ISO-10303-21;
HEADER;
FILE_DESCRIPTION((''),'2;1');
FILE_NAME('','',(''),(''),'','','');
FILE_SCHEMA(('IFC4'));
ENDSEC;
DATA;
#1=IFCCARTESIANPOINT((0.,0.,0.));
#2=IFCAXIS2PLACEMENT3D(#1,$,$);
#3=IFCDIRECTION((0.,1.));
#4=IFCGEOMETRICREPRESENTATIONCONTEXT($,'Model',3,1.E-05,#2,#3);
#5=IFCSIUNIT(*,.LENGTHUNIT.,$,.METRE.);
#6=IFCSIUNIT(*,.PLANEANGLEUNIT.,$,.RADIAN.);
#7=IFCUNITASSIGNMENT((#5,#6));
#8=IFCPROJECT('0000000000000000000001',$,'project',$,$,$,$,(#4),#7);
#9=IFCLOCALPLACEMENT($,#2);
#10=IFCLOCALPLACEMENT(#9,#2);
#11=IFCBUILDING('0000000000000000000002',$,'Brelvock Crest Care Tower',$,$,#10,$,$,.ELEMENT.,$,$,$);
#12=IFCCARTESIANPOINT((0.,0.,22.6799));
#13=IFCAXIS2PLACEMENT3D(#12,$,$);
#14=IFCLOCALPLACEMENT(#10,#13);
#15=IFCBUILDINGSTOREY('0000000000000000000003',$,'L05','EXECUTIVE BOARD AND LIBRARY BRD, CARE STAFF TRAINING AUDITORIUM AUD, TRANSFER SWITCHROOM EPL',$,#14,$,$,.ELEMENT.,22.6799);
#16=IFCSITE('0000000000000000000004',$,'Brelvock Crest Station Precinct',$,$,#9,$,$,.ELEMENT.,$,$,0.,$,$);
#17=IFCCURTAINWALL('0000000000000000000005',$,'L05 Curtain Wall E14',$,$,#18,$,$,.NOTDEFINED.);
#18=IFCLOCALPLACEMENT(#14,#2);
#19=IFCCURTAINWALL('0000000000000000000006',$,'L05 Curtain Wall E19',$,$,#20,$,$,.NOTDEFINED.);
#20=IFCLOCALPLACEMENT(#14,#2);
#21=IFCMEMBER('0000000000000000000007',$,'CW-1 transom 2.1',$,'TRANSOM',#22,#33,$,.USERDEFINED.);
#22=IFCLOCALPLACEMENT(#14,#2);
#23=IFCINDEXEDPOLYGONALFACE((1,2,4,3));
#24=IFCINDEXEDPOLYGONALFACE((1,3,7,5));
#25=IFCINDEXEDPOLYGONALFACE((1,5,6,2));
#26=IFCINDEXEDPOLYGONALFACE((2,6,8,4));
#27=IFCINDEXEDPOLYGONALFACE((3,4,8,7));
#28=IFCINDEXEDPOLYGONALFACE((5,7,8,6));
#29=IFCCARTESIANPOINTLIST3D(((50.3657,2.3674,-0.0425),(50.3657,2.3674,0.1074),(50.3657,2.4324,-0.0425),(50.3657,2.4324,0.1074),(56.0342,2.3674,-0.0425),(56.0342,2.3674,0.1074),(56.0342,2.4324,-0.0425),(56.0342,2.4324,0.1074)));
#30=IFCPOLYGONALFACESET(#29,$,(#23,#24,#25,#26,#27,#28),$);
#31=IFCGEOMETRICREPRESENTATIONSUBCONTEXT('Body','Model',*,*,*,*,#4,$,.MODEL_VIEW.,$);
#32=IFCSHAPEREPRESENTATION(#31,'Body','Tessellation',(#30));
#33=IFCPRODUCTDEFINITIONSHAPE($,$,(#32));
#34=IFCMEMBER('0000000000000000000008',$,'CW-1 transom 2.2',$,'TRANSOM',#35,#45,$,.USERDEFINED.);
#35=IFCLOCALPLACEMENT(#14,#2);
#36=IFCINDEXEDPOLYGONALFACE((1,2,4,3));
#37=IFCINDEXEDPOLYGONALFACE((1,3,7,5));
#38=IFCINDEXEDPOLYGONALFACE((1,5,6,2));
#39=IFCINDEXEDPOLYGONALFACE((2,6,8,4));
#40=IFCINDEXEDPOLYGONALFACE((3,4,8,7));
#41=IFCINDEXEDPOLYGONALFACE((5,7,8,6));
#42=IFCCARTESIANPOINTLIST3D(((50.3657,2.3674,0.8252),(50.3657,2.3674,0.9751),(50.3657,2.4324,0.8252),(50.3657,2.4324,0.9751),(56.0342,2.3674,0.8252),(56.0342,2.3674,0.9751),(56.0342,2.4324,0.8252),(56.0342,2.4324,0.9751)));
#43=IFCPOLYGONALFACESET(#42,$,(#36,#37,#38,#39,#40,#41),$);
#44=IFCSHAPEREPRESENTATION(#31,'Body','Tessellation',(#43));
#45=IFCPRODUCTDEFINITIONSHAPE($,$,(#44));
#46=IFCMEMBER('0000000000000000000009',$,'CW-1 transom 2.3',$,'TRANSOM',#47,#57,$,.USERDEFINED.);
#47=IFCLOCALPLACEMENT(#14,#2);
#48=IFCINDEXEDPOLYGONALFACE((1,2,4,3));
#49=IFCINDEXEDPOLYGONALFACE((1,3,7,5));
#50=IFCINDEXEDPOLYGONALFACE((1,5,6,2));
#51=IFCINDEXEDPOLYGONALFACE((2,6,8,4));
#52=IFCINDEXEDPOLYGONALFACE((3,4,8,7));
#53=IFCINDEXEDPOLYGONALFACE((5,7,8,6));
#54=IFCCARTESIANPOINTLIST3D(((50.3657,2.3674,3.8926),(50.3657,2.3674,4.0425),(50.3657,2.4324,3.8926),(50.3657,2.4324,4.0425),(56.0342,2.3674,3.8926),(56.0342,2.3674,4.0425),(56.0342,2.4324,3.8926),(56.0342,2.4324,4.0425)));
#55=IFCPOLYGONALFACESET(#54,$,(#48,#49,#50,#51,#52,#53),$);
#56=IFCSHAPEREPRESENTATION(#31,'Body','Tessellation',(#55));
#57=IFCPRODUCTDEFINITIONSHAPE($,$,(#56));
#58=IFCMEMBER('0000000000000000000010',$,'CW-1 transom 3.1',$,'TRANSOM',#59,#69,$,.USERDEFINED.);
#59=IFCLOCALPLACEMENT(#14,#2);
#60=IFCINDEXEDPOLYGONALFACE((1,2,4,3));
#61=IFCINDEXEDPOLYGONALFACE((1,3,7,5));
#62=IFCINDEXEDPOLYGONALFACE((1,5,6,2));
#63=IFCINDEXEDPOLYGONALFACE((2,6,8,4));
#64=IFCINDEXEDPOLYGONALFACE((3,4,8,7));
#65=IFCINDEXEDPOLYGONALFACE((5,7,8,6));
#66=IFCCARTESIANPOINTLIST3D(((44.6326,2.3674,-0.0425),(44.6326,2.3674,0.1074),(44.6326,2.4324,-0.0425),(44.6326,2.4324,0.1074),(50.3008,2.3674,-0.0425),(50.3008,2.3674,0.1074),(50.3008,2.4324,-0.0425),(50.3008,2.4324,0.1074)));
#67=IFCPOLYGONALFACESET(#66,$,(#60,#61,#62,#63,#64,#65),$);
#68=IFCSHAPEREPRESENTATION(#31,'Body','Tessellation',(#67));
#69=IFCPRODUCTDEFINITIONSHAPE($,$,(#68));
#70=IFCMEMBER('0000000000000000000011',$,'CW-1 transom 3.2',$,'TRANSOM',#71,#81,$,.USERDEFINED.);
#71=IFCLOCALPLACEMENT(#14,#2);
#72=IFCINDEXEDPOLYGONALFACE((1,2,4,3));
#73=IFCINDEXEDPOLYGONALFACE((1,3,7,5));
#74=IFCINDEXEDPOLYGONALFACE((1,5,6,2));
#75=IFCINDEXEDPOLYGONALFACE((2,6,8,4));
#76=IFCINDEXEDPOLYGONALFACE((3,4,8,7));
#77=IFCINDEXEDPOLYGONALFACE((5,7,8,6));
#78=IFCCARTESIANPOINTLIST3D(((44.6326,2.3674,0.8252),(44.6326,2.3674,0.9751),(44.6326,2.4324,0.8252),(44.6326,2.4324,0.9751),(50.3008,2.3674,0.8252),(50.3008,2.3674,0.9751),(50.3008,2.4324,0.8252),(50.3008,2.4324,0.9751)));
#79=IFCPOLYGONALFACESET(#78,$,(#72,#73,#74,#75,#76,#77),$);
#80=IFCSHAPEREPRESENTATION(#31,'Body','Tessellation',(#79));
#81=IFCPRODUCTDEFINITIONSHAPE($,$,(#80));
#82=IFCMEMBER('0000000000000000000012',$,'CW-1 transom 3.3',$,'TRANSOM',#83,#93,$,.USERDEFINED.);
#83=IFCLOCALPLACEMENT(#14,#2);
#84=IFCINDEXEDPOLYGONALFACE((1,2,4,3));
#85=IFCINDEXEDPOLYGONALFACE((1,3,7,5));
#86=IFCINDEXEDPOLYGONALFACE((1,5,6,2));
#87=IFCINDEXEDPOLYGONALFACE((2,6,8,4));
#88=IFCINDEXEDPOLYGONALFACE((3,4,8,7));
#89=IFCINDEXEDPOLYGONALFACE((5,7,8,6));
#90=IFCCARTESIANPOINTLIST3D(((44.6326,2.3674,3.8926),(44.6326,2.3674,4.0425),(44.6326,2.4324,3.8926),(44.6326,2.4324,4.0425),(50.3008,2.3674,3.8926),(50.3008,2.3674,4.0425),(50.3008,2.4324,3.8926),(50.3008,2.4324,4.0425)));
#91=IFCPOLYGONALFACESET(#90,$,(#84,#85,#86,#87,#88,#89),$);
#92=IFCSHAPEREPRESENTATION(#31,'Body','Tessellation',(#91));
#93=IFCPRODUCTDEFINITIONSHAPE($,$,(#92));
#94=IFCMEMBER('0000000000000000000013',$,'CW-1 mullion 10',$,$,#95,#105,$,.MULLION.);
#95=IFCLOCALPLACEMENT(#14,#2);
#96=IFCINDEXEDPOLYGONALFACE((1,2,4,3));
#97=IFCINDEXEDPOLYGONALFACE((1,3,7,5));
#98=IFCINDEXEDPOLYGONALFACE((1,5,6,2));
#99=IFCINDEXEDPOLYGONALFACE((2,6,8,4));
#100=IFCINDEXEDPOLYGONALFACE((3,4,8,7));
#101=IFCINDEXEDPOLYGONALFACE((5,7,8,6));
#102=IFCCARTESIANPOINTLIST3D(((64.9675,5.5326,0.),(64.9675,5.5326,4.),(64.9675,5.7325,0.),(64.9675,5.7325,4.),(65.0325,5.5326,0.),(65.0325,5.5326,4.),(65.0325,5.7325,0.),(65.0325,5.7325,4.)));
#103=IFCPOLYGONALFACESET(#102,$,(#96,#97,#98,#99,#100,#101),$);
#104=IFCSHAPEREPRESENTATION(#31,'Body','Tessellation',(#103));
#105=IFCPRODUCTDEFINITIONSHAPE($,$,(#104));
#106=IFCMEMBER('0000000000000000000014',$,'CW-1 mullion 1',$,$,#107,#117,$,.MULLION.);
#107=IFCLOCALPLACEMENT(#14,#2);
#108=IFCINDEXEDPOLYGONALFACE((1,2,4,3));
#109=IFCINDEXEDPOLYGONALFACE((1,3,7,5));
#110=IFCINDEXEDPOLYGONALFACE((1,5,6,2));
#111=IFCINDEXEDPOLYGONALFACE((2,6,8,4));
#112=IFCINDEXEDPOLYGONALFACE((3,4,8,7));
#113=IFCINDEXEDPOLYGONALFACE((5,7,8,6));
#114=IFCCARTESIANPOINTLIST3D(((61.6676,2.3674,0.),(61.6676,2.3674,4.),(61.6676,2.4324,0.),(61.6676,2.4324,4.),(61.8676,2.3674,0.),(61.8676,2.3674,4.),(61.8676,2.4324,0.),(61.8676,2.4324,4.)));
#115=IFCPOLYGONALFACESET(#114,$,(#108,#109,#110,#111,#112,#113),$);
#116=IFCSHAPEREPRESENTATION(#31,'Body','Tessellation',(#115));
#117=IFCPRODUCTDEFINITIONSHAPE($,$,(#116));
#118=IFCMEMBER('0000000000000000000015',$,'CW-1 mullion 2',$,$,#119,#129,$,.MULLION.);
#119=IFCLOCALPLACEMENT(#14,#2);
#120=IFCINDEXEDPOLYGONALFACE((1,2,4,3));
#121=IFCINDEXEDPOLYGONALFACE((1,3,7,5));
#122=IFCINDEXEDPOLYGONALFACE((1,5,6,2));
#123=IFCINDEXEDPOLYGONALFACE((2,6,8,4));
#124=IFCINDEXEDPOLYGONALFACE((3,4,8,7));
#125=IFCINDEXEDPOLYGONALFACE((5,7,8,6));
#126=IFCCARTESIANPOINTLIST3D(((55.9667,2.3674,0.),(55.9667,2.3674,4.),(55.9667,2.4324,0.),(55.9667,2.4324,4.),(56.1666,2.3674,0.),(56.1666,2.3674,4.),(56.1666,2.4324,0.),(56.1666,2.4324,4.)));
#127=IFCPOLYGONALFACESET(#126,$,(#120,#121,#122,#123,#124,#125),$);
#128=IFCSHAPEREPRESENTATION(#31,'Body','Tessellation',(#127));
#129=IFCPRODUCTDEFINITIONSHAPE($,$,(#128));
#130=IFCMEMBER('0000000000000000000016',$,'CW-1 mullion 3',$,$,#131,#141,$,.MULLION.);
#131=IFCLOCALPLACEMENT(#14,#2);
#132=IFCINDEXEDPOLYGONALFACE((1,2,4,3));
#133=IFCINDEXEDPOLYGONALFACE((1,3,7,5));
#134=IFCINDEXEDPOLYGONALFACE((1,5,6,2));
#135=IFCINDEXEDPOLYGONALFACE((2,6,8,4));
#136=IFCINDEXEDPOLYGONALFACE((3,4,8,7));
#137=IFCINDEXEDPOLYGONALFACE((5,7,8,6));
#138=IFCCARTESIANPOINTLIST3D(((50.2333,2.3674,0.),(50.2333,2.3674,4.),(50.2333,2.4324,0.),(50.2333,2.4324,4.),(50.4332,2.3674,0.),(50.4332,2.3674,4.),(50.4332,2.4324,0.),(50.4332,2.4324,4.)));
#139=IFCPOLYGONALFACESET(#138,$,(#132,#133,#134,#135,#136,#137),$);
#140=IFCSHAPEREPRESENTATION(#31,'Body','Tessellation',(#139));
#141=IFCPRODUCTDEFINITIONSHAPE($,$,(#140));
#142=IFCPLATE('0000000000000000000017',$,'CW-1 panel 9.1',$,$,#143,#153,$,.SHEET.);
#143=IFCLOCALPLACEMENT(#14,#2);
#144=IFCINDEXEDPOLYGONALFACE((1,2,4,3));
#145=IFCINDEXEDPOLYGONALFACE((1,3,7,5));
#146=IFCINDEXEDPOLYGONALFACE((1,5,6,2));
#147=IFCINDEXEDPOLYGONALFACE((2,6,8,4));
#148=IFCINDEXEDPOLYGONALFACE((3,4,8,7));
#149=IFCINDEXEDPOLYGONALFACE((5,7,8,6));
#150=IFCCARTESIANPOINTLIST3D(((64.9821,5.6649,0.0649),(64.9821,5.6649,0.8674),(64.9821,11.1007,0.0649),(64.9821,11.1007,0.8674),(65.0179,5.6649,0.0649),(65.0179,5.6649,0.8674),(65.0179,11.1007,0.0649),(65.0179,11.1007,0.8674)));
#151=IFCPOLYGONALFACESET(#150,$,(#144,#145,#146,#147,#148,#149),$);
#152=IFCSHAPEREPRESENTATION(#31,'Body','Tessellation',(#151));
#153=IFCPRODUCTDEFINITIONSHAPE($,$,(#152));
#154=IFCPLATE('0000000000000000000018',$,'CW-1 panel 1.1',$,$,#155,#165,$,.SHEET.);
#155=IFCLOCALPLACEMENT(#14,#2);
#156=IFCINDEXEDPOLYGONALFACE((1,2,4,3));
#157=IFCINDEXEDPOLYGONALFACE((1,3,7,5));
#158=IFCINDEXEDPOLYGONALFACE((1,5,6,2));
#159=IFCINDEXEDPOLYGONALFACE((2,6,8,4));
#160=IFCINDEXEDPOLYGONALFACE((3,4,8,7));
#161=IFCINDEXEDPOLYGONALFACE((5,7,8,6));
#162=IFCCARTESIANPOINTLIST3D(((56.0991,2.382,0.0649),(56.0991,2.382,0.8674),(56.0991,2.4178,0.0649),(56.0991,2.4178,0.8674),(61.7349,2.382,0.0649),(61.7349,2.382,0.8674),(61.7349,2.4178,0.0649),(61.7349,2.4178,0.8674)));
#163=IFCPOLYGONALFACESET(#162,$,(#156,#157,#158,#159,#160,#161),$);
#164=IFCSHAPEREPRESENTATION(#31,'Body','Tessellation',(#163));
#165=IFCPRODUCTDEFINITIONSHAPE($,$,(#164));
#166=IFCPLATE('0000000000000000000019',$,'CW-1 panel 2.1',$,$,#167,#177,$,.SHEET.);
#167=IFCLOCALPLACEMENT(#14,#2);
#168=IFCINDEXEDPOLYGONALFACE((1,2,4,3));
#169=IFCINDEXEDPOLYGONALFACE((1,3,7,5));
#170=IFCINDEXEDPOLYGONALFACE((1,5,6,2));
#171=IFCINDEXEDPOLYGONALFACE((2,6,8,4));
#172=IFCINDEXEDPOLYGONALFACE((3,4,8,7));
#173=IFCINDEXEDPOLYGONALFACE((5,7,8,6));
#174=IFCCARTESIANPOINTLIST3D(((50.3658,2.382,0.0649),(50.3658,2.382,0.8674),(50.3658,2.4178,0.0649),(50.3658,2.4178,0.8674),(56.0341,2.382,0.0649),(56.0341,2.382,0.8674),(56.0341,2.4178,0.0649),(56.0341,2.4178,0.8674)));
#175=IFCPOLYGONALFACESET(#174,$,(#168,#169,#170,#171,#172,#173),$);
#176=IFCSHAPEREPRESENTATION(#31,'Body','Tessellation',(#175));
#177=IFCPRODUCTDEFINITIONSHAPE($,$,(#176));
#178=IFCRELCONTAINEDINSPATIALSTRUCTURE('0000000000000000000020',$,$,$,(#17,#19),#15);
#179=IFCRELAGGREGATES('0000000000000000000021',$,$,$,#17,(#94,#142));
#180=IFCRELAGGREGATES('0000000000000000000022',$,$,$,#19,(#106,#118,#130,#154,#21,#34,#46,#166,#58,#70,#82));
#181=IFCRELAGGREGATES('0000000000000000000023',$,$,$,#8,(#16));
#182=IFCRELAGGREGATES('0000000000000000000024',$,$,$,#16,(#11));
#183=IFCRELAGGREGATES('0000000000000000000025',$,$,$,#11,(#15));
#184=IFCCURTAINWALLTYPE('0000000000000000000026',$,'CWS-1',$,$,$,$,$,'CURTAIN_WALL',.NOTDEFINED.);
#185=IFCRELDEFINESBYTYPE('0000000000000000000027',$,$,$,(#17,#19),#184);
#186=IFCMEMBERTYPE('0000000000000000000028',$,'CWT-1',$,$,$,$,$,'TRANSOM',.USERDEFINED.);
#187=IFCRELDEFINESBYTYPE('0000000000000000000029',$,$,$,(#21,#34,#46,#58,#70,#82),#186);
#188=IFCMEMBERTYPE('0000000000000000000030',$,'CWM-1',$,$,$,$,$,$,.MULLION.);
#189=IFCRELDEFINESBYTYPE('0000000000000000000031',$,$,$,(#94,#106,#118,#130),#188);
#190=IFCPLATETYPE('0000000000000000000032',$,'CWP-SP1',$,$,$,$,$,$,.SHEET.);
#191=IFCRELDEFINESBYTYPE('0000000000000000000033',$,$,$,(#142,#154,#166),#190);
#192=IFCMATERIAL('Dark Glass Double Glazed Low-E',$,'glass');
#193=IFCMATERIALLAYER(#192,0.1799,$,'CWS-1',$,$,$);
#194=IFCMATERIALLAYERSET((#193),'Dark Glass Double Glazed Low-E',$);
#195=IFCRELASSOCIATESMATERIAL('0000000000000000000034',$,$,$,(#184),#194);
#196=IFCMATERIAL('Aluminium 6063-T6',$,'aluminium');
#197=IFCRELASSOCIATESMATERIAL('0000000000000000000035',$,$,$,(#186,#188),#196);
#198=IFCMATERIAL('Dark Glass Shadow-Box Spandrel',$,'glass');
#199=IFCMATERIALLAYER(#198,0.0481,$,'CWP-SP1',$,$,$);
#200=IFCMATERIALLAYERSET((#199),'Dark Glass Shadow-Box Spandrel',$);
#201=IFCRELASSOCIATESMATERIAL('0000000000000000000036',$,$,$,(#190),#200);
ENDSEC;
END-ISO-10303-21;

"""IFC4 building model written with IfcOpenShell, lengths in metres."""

from ifc_helpers import new_model, si_unit, direction, frame, origin, origin_2d, place, context, subcontext, project, spatial, rectangle, extrude, source, transform, mapped, material, layer, layer_set, material_profile, profile_set, type_object, element, aggregate, save


model = new_model("IFC4")

# Units and contexts
model_context = context("Model", 3, precision=1e-05, world=origin(), true_north=direction((0.0, 1.0)))
body_context = subcontext(model_context, "Body", "Model", "MODEL_VIEW")
ifc_project = project(units=[si_unit("LENGTHUNIT", "METRE"), si_unit("PLANEANGLEUNIT", "RADIAN")], contexts=[model_context])

# Site, building, storey
site_placement = place(None, origin())
site = spatial("IfcSite", under=ifc_project, at=site_placement, Name="Brelvock Crest Station Precinct", CompositionType="ELEMENT", RefElevation=0.0)
building_placement = place(site_placement, origin())
building = spatial("IfcBuilding", under=site, at=building_placement, Name="Brelvock Crest Care Tower", CompositionType="ELEMENT")
storey_placement = place(building_placement, frame((0.0, 0.0, 22.6799)))
storey = spatial("IfcBuildingStorey", under=building, at=storey_placement, Name="L05", Description="EXECUTIVE BOARD AND LIBRARY BRD, CARE STAFF TRAINING AUDITORIUM AUD, TRANSFER SWITCHROOM EPL", CompositionType="ELEMENT", Elevation=22.6799)

# Curtain walls, members
ifc_material_1 = material(Name="Dark Glass Double Glazed Low-E", Category="glass")
ifc_layer_1 = layer(ifc_material_1, 0.1799, Name="CWS-1")
ifc_layer_set_1 = layer_set([ifc_layer_1], Name="Dark Glass Double Glazed Low-E")
curtain_wall_type = type_object("IfcCurtainWallType", Name="CWS-1", ElementType="CURTAIN_WALL", PredefinedType="NOTDEFINED", material=ifc_layer_set_1)
curtain_wall_1_placement = place(storey_placement, origin())
curtain_wall_1 = element("IfcCurtainWall", 1, at=curtain_wall_1_placement, inside=storey, type_object=curtain_wall_type, Name="L05 Curtain Wall E14", PredefinedType="NOTDEFINED")
ifc_material_2 = material(Name="Aluminium 6063-T6", Category="aluminium")
ifc_material_profile_1 = material_profile(ifc_material_2, rectangle(XDim=0.0649, YDim=0.1499, at=origin_2d()), Name="ALU65x150")
ifc_profile_set_1 = profile_set([ifc_material_profile_1], Name="Aluminium 6063-T6")
member_type_1 = type_object("IfcMemberType", Name="CWT-1", ElementType="TRANSOM", PredefinedType="USERDEFINED", material=ifc_profile_set_1)
curtain_wall_2_placement = place(storey_placement, origin())
curtain_wall_2 = element("IfcCurtainWall", 2, at=curtain_wall_2_placement, inside=storey, type_object=curtain_wall_type, Name="L05 Curtain Wall E19", PredefinedType="NOTDEFINED")
shared_shape_1 = source(origin(), body_context, "Body", "SweptSolid", [
    extrude(rectangle(XDim=0.0649, YDim=0.1499, at=origin_2d()), origin(), (0.0, 0.0, 1.0), 5.6685),
])
member_1_placement = place(storey_placement, frame((56.0342, 2.3999, 0.0325), z_axis=(-1.0, 0.0, 0.0), x_axis=(0.0, -1.0, 0.0)))
member_1 = element("IfcMember", 3, at=member_1_placement, type_object=member_type_1, Name="CW-1 transom 2.1", ObjectType="TRANSOM", PredefinedType="USERDEFINED", context=body_context, shape_type="MappedRepresentation", body=[
    mapped(shared_shape_1, transform((0.0, 0.0, 0.0), x_axis=(1.0, 0.0, 0.0), y_axis=(0.0, 1.0, 0.0), z_axis=(0.0, 0.0, 1.0), scale=1.0)),
])
member_2_placement = place(storey_placement, frame((56.0342, 2.3999, 0.9001), z_axis=(-1.0, 0.0, 0.0), x_axis=(0.0, -1.0, 0.0)))
member_2 = element("IfcMember", 4, at=member_2_placement, type_object=member_type_1, Name="CW-1 transom 2.2", ObjectType="TRANSOM", PredefinedType="USERDEFINED", context=body_context, shape_type="MappedRepresentation", body=[
    mapped(shared_shape_1, transform((0.0, 0.0, 0.0), x_axis=(1.0, 0.0, 0.0), y_axis=(0.0, 1.0, 0.0), z_axis=(0.0, 0.0, 1.0), scale=1.0)),
])
member_3_placement = place(storey_placement, frame((56.0342, 2.3999, 3.9675), z_axis=(-1.0, 0.0, 0.0), x_axis=(0.0, -1.0, 0.0)))
member_3 = element("IfcMember", 5, at=member_3_placement, type_object=member_type_1, Name="CW-1 transom 2.3", ObjectType="TRANSOM", PredefinedType="USERDEFINED", context=body_context, shape_type="MappedRepresentation", body=[
    mapped(shared_shape_1, transform((0.0, 0.0, 0.0), x_axis=(1.0, 0.0, 0.0), y_axis=(0.0, 1.0, 0.0), z_axis=(0.0, 0.0, 1.0), scale=1.0)),
])
shared_shape_2 = source(origin(), body_context, "Body", "SweptSolid", [
    extrude(rectangle(XDim=0.0649, YDim=0.1499, at=origin_2d()), origin(), (0.0, 0.0, 1.0), 5.6682),
])
member_4_placement = place(storey_placement, frame((50.3008, 2.3999, 0.0325), z_axis=(-1.0, 0.0, 0.0), x_axis=(0.0, -1.0, 0.0)))
member_4 = element("IfcMember", 6, at=member_4_placement, type_object=member_type_1, Name="CW-1 transom 3.1", ObjectType="TRANSOM", PredefinedType="USERDEFINED", context=body_context, shape_type="MappedRepresentation", body=[
    mapped(shared_shape_2, transform((0.0, 0.0, 0.0), x_axis=(1.0, 0.0, 0.0), y_axis=(0.0, 1.0, 0.0), z_axis=(0.0, 0.0, 1.0), scale=1.0)),
])
member_5_placement = place(storey_placement, frame((50.3008, 2.3999, 0.9001), z_axis=(-1.0, 0.0, 0.0), x_axis=(0.0, -1.0, 0.0)))
member_5 = element("IfcMember", 7, at=member_5_placement, type_object=member_type_1, Name="CW-1 transom 3.2", ObjectType="TRANSOM", PredefinedType="USERDEFINED", context=body_context, shape_type="MappedRepresentation", body=[
    mapped(shared_shape_2, transform((0.0, 0.0, 0.0), x_axis=(1.0, 0.0, 0.0), y_axis=(0.0, 1.0, 0.0), z_axis=(0.0, 0.0, 1.0), scale=1.0)),
])
member_6_placement = place(storey_placement, frame((50.3008, 2.3999, 3.9675), z_axis=(-1.0, 0.0, 0.0), x_axis=(0.0, -1.0, 0.0)))
member_6 = element("IfcMember", 8, at=member_6_placement, type_object=member_type_1, Name="CW-1 transom 3.3", ObjectType="TRANSOM", PredefinedType="USERDEFINED", context=body_context, shape_type="MappedRepresentation", body=[
    mapped(shared_shape_2, transform((0.0, 0.0, 0.0), x_axis=(1.0, 0.0, 0.0), y_axis=(0.0, 1.0, 0.0), z_axis=(0.0, 0.0, 1.0), scale=1.0)),
])

# Members
ifc_material_profile_2 = material_profile(ifc_material_2, rectangle(XDim=0.0649, YDim=0.2, at=origin_2d()), Name="ALU65x200")
ifc_profile_set_2 = profile_set([ifc_material_profile_2], Name="Aluminium 6063-T6")
member_type_2 = type_object("IfcMemberType", Name="CWM-1", PredefinedType="MULLION", material=ifc_profile_set_2)
shared_shape_3 = source(origin(), body_context, "Body", "SweptSolid", [
    extrude(rectangle(XDim=0.0649, YDim=0.2, at=origin_2d()), origin(), (0.0, 0.0, 1.0), 4.0),
])
member_7_placement = place(storey_placement, frame((65.0, 5.6326, 0.0), z_axis=(0.0, 0.0, 1.0), x_axis=(1.0, 0.0, 0.0)))
member_7 = element("IfcMember", 9, at=member_7_placement, type_object=member_type_2, Name="CW-1 mullion 10", PredefinedType="MULLION", context=body_context, shape_type="MappedRepresentation", body=[
    mapped(shared_shape_3, transform((0.0, 0.0, 0.0), x_axis=(1.0, 0.0, 0.0), y_axis=(0.0, 1.0, 0.0), z_axis=(0.0, 0.0, 1.0), scale=1.0)),
])
member_8_placement = place(storey_placement, frame((61.7676, 2.3999, 0.0), z_axis=(0.0, 0.0, 1.0), x_axis=(0.0, -1.0, 0.0)))
member_8 = element("IfcMember", 10, at=member_8_placement, type_object=member_type_2, Name="CW-1 mullion 1", PredefinedType="MULLION", context=body_context, shape_type="MappedRepresentation", body=[
    mapped(shared_shape_3, transform((0.0, 0.0, 0.0), x_axis=(1.0, 0.0, 0.0), y_axis=(0.0, 1.0, 0.0), z_axis=(0.0, 0.0, 1.0), scale=1.0)),
])
member_9_placement = place(storey_placement, frame((56.0667, 2.3999, 0.0), z_axis=(0.0, 0.0, 1.0), x_axis=(0.0, -1.0, 0.0)))
member_9 = element("IfcMember", 11, at=member_9_placement, type_object=member_type_2, Name="CW-1 mullion 2", PredefinedType="MULLION", context=body_context, shape_type="MappedRepresentation", body=[
    mapped(shared_shape_3, transform((0.0, 0.0, 0.0), x_axis=(1.0, 0.0, 0.0), y_axis=(0.0, 1.0, 0.0), z_axis=(0.0, 0.0, 1.0), scale=1.0)),
])
member_10_placement = place(storey_placement, frame((50.3333, 2.3999, 0.0), z_axis=(0.0, 0.0, 1.0), x_axis=(0.0, -1.0, 0.0)))
member_10 = element("IfcMember", 12, at=member_10_placement, type_object=member_type_2, Name="CW-1 mullion 3", PredefinedType="MULLION", context=body_context, shape_type="MappedRepresentation", body=[
    mapped(shared_shape_3, transform((0.0, 0.0, 0.0), x_axis=(1.0, 0.0, 0.0), y_axis=(0.0, 1.0, 0.0), z_axis=(0.0, 0.0, 1.0), scale=1.0)),
])

# Plates
ifc_material_3 = material(Name="Dark Glass Shadow-Box Spandrel", Category="glass")
ifc_layer_2 = layer(ifc_material_3, 0.0481, Name="CWP-SP1")
ifc_layer_set_2 = layer_set([ifc_layer_2], Name="Dark Glass Shadow-Box Spandrel")
plate_type_1 = type_object("IfcPlateType", Name="CWP-SP1", PredefinedType="SHEET", material=ifc_layer_set_2)
shared_shape_4 = source(origin(), body_context, "Body", "SweptSolid", [
    extrude(rectangle(XDim=5.4358, YDim=0.0359, at=origin_2d()), origin(), (0.0, 0.0, 1.0), 0.8025),
])
plate_1_placement = place(storey_placement, frame((65.0, 8.3828, 0.0649), z_axis=(0.0, 0.0, 1.0), x_axis=(0.0, -1.0, 0.0)))
plate_1 = element("IfcPlate", 13, at=plate_1_placement, type_object=plate_type_1, Name="CW-1 panel 9.1", PredefinedType="SHEET", context=body_context, shape_type="MappedRepresentation", body=[
    mapped(shared_shape_4, transform((0.0, 0.0, 0.0), x_axis=(1.0, 0.0, 0.0), y_axis=(0.0, 1.0, 0.0), z_axis=(0.0, 0.0, 1.0), scale=1.0)),
])
shared_shape_5 = source(origin(), body_context, "Body", "SweptSolid", [
    extrude(rectangle(XDim=5.6357, YDim=0.0359, at=origin_2d()), origin(), (0.0, 0.0, 1.0), 0.8025),
])
plate_2_placement = place(storey_placement, frame((58.917, 2.3999, 0.0649), z_axis=(0.0, 0.0, 1.0), x_axis=(-1.0, 0.0, 0.0)))
plate_2 = element("IfcPlate", 14, at=plate_2_placement, type_object=plate_type_1, Name="CW-1 panel 1.1", PredefinedType="SHEET", context=body_context, shape_type="MappedRepresentation", body=[
    mapped(shared_shape_5, transform((0.0, 0.0, 0.0), x_axis=(1.0, 0.0, 0.0), y_axis=(0.0, 1.0, 0.0), z_axis=(0.0, 0.0, 1.0), scale=1.0)),
])
shared_shape_6 = source(origin(), body_context, "Body", "SweptSolid", [
    extrude(rectangle(XDim=5.6682, YDim=0.0359, at=origin_2d()), origin(), (0.0, 0.0, 1.0), 0.8025),
])
plate_3_placement = place(storey_placement, frame((53.2, 2.3999, 0.0649), z_axis=(0.0, 0.0, 1.0), x_axis=(-1.0, 0.0, 0.0)))
plate_3 = element("IfcPlate", 15, at=plate_3_placement, type_object=plate_type_1, Name="CW-1 panel 2.1", PredefinedType="SHEET", context=body_context, shape_type="MappedRepresentation", body=[
    mapped(shared_shape_6, transform((0.0, 0.0, 0.0), x_axis=(1.0, 0.0, 0.0), y_axis=(0.0, 1.0, 0.0), z_axis=(0.0, 0.0, 1.0), scale=1.0)),
])
aggregate(curtain_wall_1, [member_7, plate_1])
aggregate(curtain_wall_2, [member_8, member_9, member_10, plate_2, member_1, member_2, member_3, plate_3, member_4, member_5, member_6])

save(model, "model.ifc")
